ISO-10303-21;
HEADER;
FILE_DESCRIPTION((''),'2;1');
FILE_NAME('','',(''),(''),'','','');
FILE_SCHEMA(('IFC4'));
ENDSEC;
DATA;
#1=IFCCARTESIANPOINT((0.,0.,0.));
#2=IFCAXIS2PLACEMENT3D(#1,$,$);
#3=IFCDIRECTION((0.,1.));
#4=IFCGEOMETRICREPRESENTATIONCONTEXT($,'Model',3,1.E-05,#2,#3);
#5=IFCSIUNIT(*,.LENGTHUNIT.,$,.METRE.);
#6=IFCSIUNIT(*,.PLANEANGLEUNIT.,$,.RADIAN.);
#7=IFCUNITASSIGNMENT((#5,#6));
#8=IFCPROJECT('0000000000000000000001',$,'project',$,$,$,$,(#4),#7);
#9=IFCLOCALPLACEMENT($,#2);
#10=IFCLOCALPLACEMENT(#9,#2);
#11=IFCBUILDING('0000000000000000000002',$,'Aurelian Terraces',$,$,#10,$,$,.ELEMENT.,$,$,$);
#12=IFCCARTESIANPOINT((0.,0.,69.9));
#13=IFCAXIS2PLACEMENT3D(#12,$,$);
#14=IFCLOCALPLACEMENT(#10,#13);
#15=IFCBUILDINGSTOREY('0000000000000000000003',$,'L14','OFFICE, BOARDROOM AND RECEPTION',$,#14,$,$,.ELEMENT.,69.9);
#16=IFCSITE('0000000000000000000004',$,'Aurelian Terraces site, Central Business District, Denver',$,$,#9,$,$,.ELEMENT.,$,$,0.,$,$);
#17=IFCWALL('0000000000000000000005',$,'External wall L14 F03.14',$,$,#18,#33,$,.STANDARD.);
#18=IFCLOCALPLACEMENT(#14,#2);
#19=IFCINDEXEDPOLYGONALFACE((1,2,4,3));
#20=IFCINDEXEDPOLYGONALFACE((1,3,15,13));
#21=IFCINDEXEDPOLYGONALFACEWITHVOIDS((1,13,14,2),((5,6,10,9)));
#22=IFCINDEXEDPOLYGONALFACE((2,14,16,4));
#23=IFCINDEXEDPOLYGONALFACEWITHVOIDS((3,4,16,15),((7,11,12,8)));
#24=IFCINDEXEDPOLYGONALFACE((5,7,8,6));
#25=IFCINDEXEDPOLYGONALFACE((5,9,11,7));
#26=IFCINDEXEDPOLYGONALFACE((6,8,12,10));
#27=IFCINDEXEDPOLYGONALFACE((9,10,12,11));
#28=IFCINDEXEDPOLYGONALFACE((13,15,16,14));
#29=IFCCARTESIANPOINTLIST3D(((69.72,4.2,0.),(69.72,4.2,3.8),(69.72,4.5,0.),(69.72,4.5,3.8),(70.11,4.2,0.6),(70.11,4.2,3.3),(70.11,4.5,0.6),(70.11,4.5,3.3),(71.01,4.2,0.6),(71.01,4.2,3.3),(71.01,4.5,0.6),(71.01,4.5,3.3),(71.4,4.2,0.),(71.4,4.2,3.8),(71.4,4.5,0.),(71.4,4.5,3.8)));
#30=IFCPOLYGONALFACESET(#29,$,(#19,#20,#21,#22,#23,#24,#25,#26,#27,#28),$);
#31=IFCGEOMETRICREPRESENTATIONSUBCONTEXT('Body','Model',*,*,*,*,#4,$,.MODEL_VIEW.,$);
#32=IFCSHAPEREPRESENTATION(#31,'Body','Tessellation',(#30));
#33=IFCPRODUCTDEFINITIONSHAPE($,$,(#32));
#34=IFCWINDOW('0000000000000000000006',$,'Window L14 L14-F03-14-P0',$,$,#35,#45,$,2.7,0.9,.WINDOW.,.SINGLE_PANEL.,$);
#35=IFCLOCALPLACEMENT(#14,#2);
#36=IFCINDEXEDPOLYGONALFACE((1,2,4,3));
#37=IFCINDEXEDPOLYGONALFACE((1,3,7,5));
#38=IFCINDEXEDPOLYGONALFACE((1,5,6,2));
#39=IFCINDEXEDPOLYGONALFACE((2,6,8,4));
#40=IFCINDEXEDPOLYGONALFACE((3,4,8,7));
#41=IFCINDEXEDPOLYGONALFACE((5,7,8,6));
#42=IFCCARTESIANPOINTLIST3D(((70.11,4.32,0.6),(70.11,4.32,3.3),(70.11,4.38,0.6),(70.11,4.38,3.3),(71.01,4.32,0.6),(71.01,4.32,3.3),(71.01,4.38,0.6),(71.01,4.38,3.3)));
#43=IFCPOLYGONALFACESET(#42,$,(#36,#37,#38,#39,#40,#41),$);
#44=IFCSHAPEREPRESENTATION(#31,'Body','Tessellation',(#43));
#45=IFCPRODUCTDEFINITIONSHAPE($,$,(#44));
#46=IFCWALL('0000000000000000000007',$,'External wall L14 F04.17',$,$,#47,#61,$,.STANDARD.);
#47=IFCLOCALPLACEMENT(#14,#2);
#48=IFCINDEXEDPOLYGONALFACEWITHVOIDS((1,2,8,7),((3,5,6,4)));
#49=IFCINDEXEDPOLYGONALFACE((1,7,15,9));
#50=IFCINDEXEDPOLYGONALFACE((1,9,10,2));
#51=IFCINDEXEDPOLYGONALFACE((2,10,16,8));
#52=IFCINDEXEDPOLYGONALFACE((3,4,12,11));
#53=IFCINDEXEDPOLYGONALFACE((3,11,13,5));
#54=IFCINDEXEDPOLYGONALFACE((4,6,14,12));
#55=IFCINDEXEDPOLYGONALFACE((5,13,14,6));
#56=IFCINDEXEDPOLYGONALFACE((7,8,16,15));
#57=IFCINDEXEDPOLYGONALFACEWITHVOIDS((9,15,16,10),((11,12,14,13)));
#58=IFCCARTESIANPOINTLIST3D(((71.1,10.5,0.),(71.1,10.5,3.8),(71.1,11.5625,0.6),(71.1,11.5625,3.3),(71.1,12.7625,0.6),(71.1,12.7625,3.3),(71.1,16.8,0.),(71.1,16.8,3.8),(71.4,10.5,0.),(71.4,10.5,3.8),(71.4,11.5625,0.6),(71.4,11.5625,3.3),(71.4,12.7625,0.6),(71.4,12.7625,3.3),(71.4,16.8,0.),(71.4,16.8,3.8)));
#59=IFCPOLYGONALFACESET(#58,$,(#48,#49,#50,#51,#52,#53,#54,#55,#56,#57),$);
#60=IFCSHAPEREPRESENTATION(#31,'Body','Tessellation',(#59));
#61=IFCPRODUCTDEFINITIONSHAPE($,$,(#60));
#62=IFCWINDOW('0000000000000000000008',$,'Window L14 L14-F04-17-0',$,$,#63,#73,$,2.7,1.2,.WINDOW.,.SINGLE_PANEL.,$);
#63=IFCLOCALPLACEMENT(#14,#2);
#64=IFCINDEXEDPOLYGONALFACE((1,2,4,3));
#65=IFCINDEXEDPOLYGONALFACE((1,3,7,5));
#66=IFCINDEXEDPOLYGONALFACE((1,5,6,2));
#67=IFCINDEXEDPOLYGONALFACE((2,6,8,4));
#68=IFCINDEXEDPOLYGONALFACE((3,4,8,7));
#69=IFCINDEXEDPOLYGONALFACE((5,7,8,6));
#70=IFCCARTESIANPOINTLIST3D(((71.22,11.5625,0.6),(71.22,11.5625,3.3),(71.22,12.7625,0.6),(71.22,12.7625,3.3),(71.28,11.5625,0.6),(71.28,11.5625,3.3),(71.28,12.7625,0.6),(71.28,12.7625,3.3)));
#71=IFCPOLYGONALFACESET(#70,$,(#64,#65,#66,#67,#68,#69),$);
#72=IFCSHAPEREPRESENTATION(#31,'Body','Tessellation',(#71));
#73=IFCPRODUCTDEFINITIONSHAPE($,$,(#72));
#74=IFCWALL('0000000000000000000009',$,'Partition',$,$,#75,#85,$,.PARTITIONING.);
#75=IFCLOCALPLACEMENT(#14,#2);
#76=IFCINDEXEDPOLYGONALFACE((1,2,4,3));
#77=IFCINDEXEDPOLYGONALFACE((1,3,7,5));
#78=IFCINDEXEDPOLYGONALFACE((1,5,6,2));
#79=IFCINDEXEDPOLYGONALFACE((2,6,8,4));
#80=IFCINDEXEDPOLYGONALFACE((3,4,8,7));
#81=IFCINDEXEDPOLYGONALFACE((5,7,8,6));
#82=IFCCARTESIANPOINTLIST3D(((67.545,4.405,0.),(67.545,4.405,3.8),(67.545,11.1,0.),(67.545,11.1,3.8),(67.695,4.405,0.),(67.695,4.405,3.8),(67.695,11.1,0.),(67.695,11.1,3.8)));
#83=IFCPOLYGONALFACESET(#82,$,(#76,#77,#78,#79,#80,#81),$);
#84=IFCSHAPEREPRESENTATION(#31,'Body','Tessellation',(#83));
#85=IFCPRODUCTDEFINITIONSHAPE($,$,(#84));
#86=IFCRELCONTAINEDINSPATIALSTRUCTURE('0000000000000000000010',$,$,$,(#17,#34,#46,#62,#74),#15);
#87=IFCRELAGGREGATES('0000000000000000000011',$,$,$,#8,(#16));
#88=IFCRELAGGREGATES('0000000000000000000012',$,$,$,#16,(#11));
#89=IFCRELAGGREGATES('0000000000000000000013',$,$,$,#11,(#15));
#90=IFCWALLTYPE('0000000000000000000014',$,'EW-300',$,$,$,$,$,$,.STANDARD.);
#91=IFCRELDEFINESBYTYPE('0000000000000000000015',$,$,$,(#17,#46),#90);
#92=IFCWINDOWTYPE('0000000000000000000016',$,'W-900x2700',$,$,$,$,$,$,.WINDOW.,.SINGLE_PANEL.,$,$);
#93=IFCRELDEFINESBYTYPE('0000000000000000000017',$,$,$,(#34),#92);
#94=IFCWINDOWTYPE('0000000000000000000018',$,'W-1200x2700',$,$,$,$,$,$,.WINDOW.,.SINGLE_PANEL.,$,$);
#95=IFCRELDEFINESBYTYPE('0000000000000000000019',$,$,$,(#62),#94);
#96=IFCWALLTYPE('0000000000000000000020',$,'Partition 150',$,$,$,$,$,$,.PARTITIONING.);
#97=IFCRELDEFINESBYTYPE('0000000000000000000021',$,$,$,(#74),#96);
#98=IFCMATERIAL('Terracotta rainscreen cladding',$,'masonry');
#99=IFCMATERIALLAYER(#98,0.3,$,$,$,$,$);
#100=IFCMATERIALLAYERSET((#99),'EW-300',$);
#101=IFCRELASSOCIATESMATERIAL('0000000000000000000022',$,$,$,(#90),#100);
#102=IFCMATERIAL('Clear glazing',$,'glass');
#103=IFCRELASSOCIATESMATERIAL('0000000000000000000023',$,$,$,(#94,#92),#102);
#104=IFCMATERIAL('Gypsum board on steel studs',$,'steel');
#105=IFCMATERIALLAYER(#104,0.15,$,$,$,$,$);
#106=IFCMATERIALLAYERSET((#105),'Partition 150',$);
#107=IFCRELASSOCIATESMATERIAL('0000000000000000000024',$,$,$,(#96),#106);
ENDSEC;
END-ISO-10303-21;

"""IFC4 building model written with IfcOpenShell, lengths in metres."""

from ifc_helpers import new_model, si_unit, direction, frame, frame_2d, origin, place, context, subcontext, project, spatial, rectangle, extrude, source, transform, mapped, material, layer, layer_set, type_object, element, fill, save


model = new_model("IFC4")

# Units and contexts
model_context = context("Model", 3, precision=1e-05, world=origin(), true_north=direction((0.0, 1.0)))
body_context = subcontext(model_context, "Body", "Model", "MODEL_VIEW")
ifc_project = project(units=[si_unit("LENGTHUNIT", "METRE"), si_unit("PLANEANGLEUNIT", "RADIAN")], contexts=[model_context])

# Site, building, storey
site_placement = place(None, origin())
site = spatial("IfcSite", under=ifc_project, at=site_placement, Name="Aurelian Terraces site, Central Business District, Denver", CompositionType="ELEMENT", RefElevation=0.0)
building_placement = place(site_placement, origin())
building = spatial("IfcBuilding", under=site, at=building_placement, Name="Aurelian Terraces", CompositionType="ELEMENT")
storey_placement = place(building_placement, frame((0.0, 0.0, 69.9)))
storey = spatial("IfcBuildingStorey", under=building, at=storey_placement, Name="L14", Description="OFFICE, BOARDROOM AND RECEPTION", CompositionType="ELEMENT", Elevation=69.9)

# Shared definitions
ifc_material_1 = material(Name="Terracotta rainscreen cladding", Category="masonry")
ifc_layer_1 = layer(ifc_material_1, 0.3)
ifc_layer_set_1 = layer_set([ifc_layer_1], Name="EW-300")
wall_type_1 = type_object("IfcWallType", Name="EW-300", PredefinedType="STANDARD", material=ifc_layer_set_1)
ifc_material_2 = material(Name="Clear glazing", Category="glass")

# Walls, openings, windows
shared_shape_1 = source(origin(), body_context, "Body", "SweptSolid", [
    extrude(rectangle(XDim=1.2, YDim=2.7, at=frame_2d((0.6, 1.35))), frame((0.0, 0.16, 0.0), z_axis=(0.0, -1.0, 0.0), x_axis=(1.0, 0.0, 0.0)), (0.0, 0.0, 1.0), 0.32),
])
window_type_1 = type_object("IfcWindowType", Name="W-1200x2700", PartitioningType="SINGLE_PANEL", PredefinedType="WINDOW", material=ifc_material_2)
shared_shape_2 = source(origin(), body_context, "Body", "SweptSolid", [
    extrude(rectangle(XDim=1.2, YDim=2.7, at=frame_2d((0.6, 1.35))), frame((0.0, 0.03, 0.0), z_axis=(0.0, -1.0, 0.0), x_axis=(1.0, 0.0, 0.0)), (0.0, 0.0, 1.0), 0.06),
])
shared_shape_3 = source(origin(), body_context, "Body", "SweptSolid", [
    extrude(rectangle(XDim=1.68, YDim=0.3, at=frame_2d((0.84, 0.0))), origin(), (0.0, 0.0, 1.0), 3.8),
])
wall_1_placement = place(storey_placement, frame((69.72, 4.35, 0.0), z_axis=(0.0, 0.0, 1.0), x_axis=(1.0, 0.0, 0.0)))
wall_1 = element("IfcWall", 1, at=wall_1_placement, inside=storey, type_object=wall_type_1, Name="External wall L14 F03.14", PredefinedType="STANDARD", context=body_context, shape_type="MappedRepresentation", body=[
    mapped(shared_shape_3, transform((0.0, 0.0, 0.0), scale=1.0)),
])
shared_shape_4 = source(origin(), body_context, "Body", "SweptSolid", [
    extrude(rectangle(XDim=0.9, YDim=2.7, at=frame_2d((0.45, 1.35))), frame((0.0, 0.16, 0.0), z_axis=(0.0, -1.0, 0.0), x_axis=(1.0, 0.0, 0.0)), (0.0, 0.0, 1.0), 0.32),
])
opening_1_placement = place(wall_1_placement, frame((0.39, 0.0, 0.6)))
opening_1 = element("IfcOpeningElement", 2, at=opening_1_placement, cuts=wall_1, PredefinedType="OPENING", context=body_context, shape_type="MappedRepresentation", body=[
    mapped(shared_shape_4, transform((0.0, 0.0, 0.0), scale=1.0)),
])
window_type_2 = type_object("IfcWindowType", Name="W-900x2700", PartitioningType="SINGLE_PANEL", PredefinedType="WINDOW", material=ifc_material_2)
shared_shape_5 = source(origin(), body_context, "Body", "SweptSolid", [
    extrude(rectangle(XDim=0.9, YDim=2.7, at=frame_2d((0.45, 1.35))), frame((0.0, 0.03, 0.0), z_axis=(0.0, -1.0, 0.0), x_axis=(1.0, 0.0, 0.0)), (0.0, 0.0, 1.0), 0.06),
])
window_1_placement = place(opening_1_placement, origin())
window_1 = element("IfcWindow", 3, at=window_1_placement, inside=storey, type_object=window_type_2, Name="Window L14 L14-F03-14-P0", OverallHeight=2.7, OverallWidth=0.9, PartitioningType="SINGLE_PANEL", PredefinedType="WINDOW", context=body_context, shape_type="MappedRepresentation", body=[
    mapped(shared_shape_5, transform((0.0, 0.0, 0.0), scale=1.0)),
])
fill(opening_1, window_1)
shared_shape_6 = source(origin(), body_context, "Body", "SweptSolid", [
    extrude(rectangle(XDim=6.3, YDim=0.3, at=frame_2d((3.15, 0.0))), origin(), (0.0, 0.0, 1.0), 3.8),
])
wall_2_placement = place(storey_placement, frame((71.25, 10.5, 0.0), z_axis=(0.0, 0.0, 1.0), x_axis=(0.0, 1.0, 0.0)))
wall_2 = element("IfcWall", 4, at=wall_2_placement, inside=storey, type_object=wall_type_1, Name="External wall L14 F04.17", PredefinedType="STANDARD", context=body_context, shape_type="MappedRepresentation", body=[
    mapped(shared_shape_6, transform((0.0, 0.0, 0.0), scale=1.0)),
])
opening_2_placement = place(wall_2_placement, frame((1.0625, 0.0, 0.6)))
opening_2 = element("IfcOpeningElement", 5, at=opening_2_placement, cuts=wall_2, PredefinedType="OPENING", context=body_context, shape_type="MappedRepresentation", body=[
    mapped(shared_shape_1, transform((0.0, 0.0, 0.0), scale=1.0)),
])
window_2_placement = place(opening_2_placement, origin())
window_2 = element("IfcWindow", 6, at=window_2_placement, inside=storey, type_object=window_type_1, Name="Window L14 L14-F04-17-0", OverallHeight=2.7, OverallWidth=1.2, PartitioningType="SINGLE_PANEL", PredefinedType="WINDOW", context=body_context, shape_type="MappedRepresentation", body=[
    mapped(shared_shape_2, transform((0.0, 0.0, 0.0), scale=1.0)),
])
fill(opening_2, window_2)

# Wall
ifc_material_3 = material(Name="Gypsum board on steel studs", Category="steel")
ifc_layer_2 = layer(ifc_material_3, 0.15)
ifc_layer_set_2 = layer_set([ifc_layer_2], Name="Partition 150")
wall_type_2 = type_object("IfcWallType", Name="Partition 150", PredefinedType="PARTITIONING", material=ifc_layer_set_2)
shared_shape_7 = source(origin(), body_context, "Body", "SweptSolid", [
    extrude(rectangle(XDim=6.695, YDim=0.15, at=frame_2d((3.3475, 0.0))), origin(), (0.0, 0.0, 1.0), 3.8),
])
wall_3_placement = place(storey_placement, frame((67.62, 4.405, 0.0), z_axis=(0.0, 0.0, 1.0), x_axis=(0.0, 1.0, 0.0)))
element("IfcWall", 7, at=wall_3_placement, inside=storey, type_object=wall_type_2, Name="Partition", PredefinedType="PARTITIONING", context=body_context, shape_type="MappedRepresentation", body=[
    mapped(shared_shape_7, transform((0.0, 0.0, 0.0), scale=1.0)),
])

save(model, "model.ifc")
